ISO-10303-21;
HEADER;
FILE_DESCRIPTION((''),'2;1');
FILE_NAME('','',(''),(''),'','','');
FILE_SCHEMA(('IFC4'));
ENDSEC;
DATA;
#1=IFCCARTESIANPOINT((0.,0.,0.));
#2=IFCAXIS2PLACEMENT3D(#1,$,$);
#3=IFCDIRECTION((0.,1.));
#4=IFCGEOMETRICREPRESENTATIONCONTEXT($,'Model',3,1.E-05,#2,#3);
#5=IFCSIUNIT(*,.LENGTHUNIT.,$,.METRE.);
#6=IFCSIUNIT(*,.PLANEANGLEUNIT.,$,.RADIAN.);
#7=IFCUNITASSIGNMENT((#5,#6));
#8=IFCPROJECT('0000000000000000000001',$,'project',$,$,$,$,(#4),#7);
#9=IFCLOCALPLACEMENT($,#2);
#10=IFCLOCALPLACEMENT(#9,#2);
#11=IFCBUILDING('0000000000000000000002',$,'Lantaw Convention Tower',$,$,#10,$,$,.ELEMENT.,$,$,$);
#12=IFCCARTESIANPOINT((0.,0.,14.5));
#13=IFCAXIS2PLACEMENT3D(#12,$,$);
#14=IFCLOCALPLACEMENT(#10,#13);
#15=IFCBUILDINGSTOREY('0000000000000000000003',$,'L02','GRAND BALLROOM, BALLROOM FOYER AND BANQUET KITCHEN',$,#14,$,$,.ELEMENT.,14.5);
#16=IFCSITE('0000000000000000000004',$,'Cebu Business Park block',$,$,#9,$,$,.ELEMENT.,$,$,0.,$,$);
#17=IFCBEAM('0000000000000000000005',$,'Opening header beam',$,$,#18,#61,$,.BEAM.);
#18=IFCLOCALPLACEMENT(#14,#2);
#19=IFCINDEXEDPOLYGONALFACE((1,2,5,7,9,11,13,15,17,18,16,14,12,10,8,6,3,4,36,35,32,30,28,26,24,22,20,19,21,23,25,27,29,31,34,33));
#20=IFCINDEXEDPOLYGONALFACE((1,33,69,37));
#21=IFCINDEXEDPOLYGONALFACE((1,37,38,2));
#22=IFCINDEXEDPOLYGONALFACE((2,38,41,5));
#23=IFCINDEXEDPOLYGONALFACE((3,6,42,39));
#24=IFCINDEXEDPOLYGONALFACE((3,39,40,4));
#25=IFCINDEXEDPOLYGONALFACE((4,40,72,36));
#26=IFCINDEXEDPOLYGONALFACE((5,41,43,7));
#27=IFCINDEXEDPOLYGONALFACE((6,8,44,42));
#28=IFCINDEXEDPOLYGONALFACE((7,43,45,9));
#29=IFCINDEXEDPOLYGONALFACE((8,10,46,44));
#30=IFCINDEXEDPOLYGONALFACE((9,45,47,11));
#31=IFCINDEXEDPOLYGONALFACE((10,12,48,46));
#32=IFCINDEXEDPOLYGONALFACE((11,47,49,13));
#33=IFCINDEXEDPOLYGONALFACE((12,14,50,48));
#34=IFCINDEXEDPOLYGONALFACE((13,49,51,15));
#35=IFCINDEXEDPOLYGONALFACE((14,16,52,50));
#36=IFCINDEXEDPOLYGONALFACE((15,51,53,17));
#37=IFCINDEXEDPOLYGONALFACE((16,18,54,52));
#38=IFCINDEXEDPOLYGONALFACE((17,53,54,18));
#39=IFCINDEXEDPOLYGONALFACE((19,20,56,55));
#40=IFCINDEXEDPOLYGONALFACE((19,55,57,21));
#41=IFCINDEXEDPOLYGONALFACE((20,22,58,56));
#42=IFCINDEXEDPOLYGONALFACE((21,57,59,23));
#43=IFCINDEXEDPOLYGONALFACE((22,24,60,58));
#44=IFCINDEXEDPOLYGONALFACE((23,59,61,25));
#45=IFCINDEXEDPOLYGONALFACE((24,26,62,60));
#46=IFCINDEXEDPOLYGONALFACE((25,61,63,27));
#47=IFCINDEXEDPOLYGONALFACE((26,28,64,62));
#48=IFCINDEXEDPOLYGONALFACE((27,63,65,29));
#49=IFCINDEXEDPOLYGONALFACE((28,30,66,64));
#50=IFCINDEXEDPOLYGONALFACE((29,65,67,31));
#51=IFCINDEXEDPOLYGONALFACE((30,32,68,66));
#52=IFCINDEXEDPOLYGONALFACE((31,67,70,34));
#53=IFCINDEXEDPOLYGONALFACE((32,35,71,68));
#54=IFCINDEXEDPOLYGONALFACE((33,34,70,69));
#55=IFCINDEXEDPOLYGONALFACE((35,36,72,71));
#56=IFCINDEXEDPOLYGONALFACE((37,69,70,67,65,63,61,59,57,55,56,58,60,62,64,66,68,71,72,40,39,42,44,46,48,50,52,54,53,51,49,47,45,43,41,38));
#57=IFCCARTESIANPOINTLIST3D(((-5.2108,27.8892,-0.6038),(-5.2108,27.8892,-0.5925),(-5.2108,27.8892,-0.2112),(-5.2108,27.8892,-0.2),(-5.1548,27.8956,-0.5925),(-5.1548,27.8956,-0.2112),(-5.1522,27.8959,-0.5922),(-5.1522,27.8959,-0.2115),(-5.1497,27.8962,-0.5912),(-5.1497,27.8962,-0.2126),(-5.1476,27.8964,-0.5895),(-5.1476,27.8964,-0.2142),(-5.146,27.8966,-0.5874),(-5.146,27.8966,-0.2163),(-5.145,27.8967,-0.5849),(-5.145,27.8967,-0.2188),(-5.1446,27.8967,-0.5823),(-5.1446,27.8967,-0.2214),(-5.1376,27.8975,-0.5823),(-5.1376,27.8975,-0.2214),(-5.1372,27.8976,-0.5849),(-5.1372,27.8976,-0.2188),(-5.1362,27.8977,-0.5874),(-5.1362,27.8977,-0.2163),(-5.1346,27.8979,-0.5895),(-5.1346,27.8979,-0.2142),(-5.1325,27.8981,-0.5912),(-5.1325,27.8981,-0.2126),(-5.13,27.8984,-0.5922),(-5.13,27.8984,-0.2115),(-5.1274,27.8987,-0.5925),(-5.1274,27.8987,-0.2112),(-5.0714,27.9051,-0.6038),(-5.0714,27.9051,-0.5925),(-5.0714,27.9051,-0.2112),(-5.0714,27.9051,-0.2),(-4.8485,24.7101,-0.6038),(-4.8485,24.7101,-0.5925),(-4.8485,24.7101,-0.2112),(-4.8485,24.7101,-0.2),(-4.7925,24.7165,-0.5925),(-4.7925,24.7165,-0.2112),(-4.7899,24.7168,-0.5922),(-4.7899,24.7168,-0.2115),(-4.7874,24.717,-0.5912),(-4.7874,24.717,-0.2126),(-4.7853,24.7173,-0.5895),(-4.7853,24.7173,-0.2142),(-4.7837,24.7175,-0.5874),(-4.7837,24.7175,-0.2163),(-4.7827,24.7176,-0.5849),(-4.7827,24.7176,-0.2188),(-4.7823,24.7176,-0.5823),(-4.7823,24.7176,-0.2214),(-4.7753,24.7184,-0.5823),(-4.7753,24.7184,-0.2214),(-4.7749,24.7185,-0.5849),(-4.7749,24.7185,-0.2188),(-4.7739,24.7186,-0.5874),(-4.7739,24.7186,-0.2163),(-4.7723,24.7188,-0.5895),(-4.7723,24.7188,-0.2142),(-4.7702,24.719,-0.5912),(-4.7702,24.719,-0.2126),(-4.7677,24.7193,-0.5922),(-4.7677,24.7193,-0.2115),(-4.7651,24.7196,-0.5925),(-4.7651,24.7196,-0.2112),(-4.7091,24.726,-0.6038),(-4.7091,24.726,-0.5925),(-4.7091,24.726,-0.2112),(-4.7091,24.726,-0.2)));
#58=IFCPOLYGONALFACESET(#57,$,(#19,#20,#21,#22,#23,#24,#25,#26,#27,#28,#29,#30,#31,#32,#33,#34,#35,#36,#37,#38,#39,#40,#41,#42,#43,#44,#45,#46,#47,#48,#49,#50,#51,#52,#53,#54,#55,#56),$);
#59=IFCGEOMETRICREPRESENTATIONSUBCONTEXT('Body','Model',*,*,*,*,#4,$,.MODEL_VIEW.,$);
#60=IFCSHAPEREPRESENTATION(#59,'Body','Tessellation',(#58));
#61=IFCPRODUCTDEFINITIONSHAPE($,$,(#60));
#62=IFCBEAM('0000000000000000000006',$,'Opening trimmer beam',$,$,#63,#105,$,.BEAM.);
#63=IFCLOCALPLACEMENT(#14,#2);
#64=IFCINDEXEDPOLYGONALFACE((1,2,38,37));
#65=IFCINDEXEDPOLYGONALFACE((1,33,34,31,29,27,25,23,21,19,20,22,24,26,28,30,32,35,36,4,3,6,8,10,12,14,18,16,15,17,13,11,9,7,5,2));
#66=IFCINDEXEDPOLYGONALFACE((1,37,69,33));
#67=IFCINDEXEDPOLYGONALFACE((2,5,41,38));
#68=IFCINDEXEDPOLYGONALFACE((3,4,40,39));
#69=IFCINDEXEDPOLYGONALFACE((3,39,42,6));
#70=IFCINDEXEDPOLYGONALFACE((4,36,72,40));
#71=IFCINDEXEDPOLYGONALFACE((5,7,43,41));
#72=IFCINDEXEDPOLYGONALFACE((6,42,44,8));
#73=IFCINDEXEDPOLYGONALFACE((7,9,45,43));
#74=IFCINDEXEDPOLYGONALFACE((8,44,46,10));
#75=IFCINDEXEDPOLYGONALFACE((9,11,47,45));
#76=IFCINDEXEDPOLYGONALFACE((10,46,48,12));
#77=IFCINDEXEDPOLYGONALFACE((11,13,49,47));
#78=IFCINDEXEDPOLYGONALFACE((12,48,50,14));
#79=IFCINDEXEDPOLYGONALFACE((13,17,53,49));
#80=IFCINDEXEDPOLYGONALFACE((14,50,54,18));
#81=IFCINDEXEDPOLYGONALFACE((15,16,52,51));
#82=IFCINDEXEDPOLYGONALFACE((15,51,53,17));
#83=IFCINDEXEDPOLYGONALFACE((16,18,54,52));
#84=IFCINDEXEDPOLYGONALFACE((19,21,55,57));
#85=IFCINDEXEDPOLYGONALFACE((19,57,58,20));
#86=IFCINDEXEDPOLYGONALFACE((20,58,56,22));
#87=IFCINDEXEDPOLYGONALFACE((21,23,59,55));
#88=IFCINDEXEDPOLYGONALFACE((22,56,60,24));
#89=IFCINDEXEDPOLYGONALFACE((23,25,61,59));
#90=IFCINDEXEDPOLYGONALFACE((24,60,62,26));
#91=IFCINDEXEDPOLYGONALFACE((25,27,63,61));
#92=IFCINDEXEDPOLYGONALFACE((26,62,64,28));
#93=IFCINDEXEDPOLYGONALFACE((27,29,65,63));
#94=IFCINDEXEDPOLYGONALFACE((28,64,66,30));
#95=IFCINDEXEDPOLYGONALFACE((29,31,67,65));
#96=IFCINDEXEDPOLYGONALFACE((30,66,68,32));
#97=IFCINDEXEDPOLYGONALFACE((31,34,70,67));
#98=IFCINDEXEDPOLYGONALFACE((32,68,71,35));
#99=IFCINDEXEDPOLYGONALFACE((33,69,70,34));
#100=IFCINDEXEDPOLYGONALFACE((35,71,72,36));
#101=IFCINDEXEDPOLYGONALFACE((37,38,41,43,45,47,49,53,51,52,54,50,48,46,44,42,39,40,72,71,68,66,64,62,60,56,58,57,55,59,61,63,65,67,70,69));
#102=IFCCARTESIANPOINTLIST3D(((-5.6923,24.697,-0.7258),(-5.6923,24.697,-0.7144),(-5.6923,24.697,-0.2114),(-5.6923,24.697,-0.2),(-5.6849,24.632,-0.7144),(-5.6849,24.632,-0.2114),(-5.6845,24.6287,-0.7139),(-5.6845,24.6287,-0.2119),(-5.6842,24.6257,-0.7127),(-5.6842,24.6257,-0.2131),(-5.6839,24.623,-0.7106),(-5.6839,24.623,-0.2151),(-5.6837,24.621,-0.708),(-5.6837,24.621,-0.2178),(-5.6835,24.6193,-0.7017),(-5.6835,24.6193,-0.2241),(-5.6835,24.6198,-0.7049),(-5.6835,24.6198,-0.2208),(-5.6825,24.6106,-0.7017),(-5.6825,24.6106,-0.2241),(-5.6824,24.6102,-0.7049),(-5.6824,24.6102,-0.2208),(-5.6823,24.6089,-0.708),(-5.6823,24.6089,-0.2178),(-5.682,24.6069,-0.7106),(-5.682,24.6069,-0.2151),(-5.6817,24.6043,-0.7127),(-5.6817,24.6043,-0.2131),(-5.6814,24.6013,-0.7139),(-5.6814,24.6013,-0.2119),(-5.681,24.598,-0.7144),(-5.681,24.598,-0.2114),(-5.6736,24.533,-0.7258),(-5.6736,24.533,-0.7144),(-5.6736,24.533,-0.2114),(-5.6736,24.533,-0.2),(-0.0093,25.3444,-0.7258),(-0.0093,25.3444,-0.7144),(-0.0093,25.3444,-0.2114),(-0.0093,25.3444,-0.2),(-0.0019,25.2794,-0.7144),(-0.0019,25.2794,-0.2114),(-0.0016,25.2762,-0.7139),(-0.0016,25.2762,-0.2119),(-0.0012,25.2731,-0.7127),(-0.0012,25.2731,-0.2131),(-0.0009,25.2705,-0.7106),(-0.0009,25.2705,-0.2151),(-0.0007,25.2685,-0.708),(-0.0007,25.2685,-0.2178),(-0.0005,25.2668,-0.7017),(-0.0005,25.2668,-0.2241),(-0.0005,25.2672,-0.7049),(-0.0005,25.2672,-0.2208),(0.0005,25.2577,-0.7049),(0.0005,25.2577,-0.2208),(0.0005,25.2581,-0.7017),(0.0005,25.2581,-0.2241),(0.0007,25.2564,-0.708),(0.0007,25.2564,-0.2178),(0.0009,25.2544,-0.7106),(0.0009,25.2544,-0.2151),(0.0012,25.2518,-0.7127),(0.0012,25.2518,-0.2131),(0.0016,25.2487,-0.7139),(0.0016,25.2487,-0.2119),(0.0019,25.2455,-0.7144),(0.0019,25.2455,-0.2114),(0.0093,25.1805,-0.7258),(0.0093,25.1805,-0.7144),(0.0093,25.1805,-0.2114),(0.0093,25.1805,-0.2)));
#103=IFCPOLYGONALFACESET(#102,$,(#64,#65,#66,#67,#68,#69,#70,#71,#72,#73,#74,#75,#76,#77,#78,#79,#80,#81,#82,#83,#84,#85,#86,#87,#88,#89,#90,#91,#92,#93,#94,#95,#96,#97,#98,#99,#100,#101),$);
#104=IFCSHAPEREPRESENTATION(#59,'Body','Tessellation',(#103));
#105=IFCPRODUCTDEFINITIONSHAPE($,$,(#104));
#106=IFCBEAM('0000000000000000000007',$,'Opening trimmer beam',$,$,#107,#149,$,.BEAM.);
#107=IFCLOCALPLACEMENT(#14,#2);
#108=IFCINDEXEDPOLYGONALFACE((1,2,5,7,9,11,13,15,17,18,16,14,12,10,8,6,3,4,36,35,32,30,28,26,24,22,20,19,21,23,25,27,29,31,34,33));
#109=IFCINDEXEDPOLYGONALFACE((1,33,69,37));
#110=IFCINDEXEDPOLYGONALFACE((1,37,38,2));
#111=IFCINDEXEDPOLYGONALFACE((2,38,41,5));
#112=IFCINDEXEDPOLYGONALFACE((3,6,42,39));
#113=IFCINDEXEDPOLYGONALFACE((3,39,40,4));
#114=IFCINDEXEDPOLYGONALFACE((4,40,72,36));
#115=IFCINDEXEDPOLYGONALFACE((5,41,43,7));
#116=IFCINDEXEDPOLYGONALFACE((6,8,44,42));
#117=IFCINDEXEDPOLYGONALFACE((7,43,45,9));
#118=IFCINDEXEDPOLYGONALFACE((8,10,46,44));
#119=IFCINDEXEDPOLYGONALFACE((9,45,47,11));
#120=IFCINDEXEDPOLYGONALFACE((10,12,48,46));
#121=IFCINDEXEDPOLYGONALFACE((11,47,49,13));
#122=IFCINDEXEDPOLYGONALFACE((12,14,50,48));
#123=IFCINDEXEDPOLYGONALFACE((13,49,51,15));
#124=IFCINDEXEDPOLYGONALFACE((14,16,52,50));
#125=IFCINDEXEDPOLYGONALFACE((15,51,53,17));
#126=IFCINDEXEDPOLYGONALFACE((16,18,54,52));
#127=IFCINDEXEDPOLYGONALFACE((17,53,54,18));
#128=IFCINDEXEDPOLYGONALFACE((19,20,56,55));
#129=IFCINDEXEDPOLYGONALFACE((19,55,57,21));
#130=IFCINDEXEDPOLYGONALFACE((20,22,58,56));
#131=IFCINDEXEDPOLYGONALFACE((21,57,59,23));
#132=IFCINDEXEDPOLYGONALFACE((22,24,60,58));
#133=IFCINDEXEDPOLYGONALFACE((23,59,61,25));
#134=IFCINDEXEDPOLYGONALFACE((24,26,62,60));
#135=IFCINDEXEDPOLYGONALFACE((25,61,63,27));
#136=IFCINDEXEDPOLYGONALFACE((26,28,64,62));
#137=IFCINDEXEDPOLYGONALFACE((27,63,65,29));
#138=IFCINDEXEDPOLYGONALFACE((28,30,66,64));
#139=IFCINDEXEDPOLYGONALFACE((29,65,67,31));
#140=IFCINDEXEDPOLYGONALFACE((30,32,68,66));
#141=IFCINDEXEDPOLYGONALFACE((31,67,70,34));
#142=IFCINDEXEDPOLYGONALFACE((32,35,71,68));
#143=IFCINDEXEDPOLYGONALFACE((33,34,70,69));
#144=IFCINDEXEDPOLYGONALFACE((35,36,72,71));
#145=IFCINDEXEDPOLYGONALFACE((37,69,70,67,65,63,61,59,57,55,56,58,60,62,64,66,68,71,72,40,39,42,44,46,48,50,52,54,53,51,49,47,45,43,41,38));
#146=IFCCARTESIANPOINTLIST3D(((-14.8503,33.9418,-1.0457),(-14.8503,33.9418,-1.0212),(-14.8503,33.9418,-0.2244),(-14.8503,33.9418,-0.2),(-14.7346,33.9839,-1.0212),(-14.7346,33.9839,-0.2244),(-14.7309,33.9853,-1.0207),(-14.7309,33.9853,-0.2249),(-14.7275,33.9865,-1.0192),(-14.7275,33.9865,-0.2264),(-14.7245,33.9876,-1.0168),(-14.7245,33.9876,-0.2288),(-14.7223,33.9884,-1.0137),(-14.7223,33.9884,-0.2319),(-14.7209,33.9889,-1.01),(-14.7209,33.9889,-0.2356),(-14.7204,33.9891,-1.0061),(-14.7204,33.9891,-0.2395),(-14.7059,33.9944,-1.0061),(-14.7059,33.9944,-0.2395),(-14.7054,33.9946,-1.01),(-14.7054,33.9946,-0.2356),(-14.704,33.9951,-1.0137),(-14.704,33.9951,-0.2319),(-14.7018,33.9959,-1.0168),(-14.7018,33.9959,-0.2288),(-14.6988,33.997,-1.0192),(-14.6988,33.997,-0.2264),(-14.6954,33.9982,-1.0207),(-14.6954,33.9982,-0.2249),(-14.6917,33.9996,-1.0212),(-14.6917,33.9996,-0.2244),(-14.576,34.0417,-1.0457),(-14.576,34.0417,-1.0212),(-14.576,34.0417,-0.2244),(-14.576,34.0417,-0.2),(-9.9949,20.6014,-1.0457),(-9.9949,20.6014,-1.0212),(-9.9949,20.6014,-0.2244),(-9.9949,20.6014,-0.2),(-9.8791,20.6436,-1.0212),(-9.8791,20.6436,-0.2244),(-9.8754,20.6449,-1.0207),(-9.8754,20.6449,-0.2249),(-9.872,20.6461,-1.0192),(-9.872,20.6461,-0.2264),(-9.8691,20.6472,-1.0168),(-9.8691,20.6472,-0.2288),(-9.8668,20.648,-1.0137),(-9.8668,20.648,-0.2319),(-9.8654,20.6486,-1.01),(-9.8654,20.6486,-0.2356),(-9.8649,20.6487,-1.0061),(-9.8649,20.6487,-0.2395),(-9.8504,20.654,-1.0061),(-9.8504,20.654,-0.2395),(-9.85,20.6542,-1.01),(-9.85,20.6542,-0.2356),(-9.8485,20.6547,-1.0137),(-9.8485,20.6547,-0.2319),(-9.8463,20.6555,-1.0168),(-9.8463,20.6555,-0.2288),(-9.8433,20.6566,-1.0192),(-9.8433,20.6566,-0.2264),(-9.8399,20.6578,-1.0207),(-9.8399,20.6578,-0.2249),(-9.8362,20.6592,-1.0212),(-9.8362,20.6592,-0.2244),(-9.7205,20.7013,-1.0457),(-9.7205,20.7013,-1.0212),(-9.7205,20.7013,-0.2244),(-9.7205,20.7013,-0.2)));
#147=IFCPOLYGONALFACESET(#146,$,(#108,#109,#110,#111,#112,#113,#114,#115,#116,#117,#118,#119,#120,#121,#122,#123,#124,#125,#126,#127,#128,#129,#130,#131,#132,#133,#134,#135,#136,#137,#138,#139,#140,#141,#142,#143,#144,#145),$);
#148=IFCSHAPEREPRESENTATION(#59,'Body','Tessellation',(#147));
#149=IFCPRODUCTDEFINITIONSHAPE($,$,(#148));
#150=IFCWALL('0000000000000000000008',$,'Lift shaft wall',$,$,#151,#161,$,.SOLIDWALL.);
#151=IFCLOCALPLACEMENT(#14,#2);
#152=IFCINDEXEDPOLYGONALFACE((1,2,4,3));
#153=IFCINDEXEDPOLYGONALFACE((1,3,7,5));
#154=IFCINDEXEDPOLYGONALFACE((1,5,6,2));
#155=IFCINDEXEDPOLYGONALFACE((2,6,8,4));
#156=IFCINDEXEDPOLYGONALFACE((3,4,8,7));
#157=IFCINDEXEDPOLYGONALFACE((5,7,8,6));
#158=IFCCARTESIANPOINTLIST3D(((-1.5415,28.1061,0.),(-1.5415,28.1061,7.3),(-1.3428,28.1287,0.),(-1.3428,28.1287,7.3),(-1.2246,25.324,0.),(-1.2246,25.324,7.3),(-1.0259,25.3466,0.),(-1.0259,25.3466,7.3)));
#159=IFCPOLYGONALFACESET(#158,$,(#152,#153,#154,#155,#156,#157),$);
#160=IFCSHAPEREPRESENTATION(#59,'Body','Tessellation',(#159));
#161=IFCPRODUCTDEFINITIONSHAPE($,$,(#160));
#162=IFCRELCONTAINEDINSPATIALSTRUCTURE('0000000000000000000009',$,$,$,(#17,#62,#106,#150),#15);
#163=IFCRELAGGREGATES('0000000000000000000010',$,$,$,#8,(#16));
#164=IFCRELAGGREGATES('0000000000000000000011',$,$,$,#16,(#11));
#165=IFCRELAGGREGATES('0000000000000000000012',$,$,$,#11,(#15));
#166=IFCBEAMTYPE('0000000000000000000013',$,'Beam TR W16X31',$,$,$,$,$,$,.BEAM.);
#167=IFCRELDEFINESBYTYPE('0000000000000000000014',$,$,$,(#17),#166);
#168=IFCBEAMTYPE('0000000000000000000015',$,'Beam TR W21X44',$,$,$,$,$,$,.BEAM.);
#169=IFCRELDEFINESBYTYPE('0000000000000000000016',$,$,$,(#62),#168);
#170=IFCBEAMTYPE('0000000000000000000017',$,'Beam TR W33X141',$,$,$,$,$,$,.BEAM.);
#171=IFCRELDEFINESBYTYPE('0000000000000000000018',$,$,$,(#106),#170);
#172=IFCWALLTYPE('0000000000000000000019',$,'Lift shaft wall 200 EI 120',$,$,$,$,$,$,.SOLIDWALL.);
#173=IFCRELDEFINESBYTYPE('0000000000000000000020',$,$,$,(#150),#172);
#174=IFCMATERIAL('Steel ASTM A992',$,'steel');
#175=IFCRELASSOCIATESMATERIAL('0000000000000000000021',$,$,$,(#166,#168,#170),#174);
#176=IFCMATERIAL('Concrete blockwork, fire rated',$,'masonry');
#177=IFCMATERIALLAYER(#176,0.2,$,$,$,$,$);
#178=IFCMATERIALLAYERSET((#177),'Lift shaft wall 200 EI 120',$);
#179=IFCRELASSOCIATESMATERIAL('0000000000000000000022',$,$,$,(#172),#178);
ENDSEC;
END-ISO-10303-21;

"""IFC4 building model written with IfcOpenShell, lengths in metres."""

from ifc_helpers import new_model, si_unit, direction, frame, frame_2d, origin, origin_2d, place, context, subcontext, project, spatial, rectangle, i_section, extrude, material, layer, layer_set, material_profile, profile_set, type_object, element, save


model = new_model("IFC4")

# Units and contexts
model_context = context("Model", 3, precision=1e-05, world=origin(), true_north=direction((0.0, 1.0)))
body_context = subcontext(model_context, "Body", "Model", "MODEL_VIEW")
ifc_project = project(units=[si_unit("LENGTHUNIT", "METRE"), si_unit("PLANEANGLEUNIT", "RADIAN")], contexts=[model_context])

# Site, building, storey
site_placement = place(None, origin())
site = spatial("IfcSite", under=ifc_project, at=site_placement, Name="Cebu Business Park block", CompositionType="ELEMENT", RefElevation=0.0)
building_placement = place(site_placement, origin())
building = spatial("IfcBuilding", under=site, at=building_placement, Name="Lantaw Convention Tower", CompositionType="ELEMENT")
storey_placement = place(building_placement, frame((0.0, 0.0, 14.5)))
storey = spatial("IfcBuildingStorey", under=building, at=storey_placement, Name="L02", Description="GRAND BALLROOM, BALLROOM FOYER AND BANQUET KITCHEN", CompositionType="ELEMENT", Elevation=14.5)

# Beams
ifc_material_1 = material(Name="Steel ASTM A992", Category="steel")
ifc_material_profile_1 = material_profile(ifc_material_1, i_section(OverallWidth=0.1404, OverallDepth=0.4038, WebThickness=0.0071, FlangeThickness=0.0112, FilletRadius=0.0103, at=origin_2d()), Name="W16X31")
ifc_profile_set_1 = profile_set([ifc_material_profile_1], Name="Steel ASTM A992")
beam_type_1 = type_object("IfcBeamType", Name="Beam TR W16X31", PredefinedType="BEAM", material=ifc_profile_set_1)
beam_1_placement = place(storey_placement, frame((-4.7788, 24.718, -0.4019), z_axis=(-0.113228, 0.993569, 0.0), x_axis=(-0.993569, -0.113228, 0.0)))
element("IfcBeam", 1, at=beam_1_placement, inside=storey, type_object=beam_type_1, Name="Opening header beam", PredefinedType="BEAM", context=body_context, shape_type="SweptSolid", body=[
    extrude(i_section(OverallWidth=0.1404, OverallDepth=0.4038, WebThickness=0.0071, FlangeThickness=0.0112, FilletRadius=0.0103, at=origin_2d()), origin(), (0.0, 0.0, 1.0), 3.1997),
])
ifc_material_profile_2 = material_profile(ifc_material_1, i_section(OverallWidth=0.165, OverallDepth=0.5259, WebThickness=0.0088, FlangeThickness=0.0115, FilletRadius=0.0127, at=origin_2d()), Name="W21X44")
ifc_profile_set_2 = profile_set([ifc_material_profile_2], Name="Steel ASTM A992")
beam_type_2 = type_object("IfcBeamType", Name="Beam TR W21X44", PredefinedType="BEAM", material=ifc_profile_set_2)
beam_2_placement = place(storey_placement, frame((0.0, 25.2625, -0.4629), z_axis=(-0.993572, -0.1132, 0.0), x_axis=(0.1132, -0.993572, 0.0)))
element("IfcBeam", 2, at=beam_2_placement, inside=storey, type_object=beam_type_2, Name="Opening trimmer beam", PredefinedType="BEAM", context=body_context, shape_type="SweptSolid", body=[
    extrude(i_section(OverallWidth=0.165, OverallDepth=0.5259, WebThickness=0.0088, FlangeThickness=0.0115, FilletRadius=0.0127, at=origin_2d()), origin(), (0.0, 0.0, 1.0), 5.7197),
])
ifc_material_profile_3 = material_profile(ifc_material_1, i_section(OverallWidth=0.292, OverallDepth=0.8457, WebThickness=0.0154, FlangeThickness=0.0244, FilletRadius=0.0151, at=origin_2d()), Name="W33X141")
ifc_profile_set_3 = profile_set([ifc_material_profile_3], Name="Steel ASTM A992")
beam_type_3 = type_object("IfcBeamType", Name="Beam TR W33X141", PredefinedType="BEAM", material=ifc_profile_set_3)
beam_3_placement = place(storey_placement, frame((-9.8577, 20.6514, -0.6228), z_axis=(-0.342019, 0.939693, 0.0), x_axis=(-0.939693, -0.342019, 0.0)))
element("IfcBeam", 3, at=beam_3_placement, inside=storey, type_object=beam_type_3, Name="Opening trimmer beam", PredefinedType="BEAM", context=body_context, shape_type="SweptSolid", body=[
    extrude(i_section(OverallWidth=0.292, OverallDepth=0.8457, WebThickness=0.0154, FlangeThickness=0.0244, FilletRadius=0.0151, at=origin_2d()), origin(), (0.0, 0.0, 1.0), 14.1965),
])

# Wall
ifc_material_2 = material(Name="Concrete blockwork, fire rated", Category="masonry")
ifc_layer_1 = layer(ifc_material_2, 0.2)
ifc_layer_set_1 = layer_set([ifc_layer_1], Name="Lift shaft wall 200 EI 120")
wall_type_1 = type_object("IfcWallType", Name="Lift shaft wall 200 EI 120", PredefinedType="SOLIDWALL", material=ifc_layer_set_1)
wall_1_placement = place(storey_placement, frame((-1.1252, 25.3354, 0.0), z_axis=(0.0, 0.0, 1.0), x_axis=(-0.113178, 0.993575, 0.0)))
element("IfcWall", 4, at=wall_1_placement, inside=storey, type_object=wall_type_1, Name="Lift shaft wall", PredefinedType="SOLIDWALL", context=body_context, shape_type="SweptSolid", body=[
    extrude(rectangle(XDim=2.8, YDim=0.2, at=frame_2d((1.3999, 0.0))), origin(), (0.0, 0.0, 1.0), 7.3),
])

save(model, "model.ifc")
